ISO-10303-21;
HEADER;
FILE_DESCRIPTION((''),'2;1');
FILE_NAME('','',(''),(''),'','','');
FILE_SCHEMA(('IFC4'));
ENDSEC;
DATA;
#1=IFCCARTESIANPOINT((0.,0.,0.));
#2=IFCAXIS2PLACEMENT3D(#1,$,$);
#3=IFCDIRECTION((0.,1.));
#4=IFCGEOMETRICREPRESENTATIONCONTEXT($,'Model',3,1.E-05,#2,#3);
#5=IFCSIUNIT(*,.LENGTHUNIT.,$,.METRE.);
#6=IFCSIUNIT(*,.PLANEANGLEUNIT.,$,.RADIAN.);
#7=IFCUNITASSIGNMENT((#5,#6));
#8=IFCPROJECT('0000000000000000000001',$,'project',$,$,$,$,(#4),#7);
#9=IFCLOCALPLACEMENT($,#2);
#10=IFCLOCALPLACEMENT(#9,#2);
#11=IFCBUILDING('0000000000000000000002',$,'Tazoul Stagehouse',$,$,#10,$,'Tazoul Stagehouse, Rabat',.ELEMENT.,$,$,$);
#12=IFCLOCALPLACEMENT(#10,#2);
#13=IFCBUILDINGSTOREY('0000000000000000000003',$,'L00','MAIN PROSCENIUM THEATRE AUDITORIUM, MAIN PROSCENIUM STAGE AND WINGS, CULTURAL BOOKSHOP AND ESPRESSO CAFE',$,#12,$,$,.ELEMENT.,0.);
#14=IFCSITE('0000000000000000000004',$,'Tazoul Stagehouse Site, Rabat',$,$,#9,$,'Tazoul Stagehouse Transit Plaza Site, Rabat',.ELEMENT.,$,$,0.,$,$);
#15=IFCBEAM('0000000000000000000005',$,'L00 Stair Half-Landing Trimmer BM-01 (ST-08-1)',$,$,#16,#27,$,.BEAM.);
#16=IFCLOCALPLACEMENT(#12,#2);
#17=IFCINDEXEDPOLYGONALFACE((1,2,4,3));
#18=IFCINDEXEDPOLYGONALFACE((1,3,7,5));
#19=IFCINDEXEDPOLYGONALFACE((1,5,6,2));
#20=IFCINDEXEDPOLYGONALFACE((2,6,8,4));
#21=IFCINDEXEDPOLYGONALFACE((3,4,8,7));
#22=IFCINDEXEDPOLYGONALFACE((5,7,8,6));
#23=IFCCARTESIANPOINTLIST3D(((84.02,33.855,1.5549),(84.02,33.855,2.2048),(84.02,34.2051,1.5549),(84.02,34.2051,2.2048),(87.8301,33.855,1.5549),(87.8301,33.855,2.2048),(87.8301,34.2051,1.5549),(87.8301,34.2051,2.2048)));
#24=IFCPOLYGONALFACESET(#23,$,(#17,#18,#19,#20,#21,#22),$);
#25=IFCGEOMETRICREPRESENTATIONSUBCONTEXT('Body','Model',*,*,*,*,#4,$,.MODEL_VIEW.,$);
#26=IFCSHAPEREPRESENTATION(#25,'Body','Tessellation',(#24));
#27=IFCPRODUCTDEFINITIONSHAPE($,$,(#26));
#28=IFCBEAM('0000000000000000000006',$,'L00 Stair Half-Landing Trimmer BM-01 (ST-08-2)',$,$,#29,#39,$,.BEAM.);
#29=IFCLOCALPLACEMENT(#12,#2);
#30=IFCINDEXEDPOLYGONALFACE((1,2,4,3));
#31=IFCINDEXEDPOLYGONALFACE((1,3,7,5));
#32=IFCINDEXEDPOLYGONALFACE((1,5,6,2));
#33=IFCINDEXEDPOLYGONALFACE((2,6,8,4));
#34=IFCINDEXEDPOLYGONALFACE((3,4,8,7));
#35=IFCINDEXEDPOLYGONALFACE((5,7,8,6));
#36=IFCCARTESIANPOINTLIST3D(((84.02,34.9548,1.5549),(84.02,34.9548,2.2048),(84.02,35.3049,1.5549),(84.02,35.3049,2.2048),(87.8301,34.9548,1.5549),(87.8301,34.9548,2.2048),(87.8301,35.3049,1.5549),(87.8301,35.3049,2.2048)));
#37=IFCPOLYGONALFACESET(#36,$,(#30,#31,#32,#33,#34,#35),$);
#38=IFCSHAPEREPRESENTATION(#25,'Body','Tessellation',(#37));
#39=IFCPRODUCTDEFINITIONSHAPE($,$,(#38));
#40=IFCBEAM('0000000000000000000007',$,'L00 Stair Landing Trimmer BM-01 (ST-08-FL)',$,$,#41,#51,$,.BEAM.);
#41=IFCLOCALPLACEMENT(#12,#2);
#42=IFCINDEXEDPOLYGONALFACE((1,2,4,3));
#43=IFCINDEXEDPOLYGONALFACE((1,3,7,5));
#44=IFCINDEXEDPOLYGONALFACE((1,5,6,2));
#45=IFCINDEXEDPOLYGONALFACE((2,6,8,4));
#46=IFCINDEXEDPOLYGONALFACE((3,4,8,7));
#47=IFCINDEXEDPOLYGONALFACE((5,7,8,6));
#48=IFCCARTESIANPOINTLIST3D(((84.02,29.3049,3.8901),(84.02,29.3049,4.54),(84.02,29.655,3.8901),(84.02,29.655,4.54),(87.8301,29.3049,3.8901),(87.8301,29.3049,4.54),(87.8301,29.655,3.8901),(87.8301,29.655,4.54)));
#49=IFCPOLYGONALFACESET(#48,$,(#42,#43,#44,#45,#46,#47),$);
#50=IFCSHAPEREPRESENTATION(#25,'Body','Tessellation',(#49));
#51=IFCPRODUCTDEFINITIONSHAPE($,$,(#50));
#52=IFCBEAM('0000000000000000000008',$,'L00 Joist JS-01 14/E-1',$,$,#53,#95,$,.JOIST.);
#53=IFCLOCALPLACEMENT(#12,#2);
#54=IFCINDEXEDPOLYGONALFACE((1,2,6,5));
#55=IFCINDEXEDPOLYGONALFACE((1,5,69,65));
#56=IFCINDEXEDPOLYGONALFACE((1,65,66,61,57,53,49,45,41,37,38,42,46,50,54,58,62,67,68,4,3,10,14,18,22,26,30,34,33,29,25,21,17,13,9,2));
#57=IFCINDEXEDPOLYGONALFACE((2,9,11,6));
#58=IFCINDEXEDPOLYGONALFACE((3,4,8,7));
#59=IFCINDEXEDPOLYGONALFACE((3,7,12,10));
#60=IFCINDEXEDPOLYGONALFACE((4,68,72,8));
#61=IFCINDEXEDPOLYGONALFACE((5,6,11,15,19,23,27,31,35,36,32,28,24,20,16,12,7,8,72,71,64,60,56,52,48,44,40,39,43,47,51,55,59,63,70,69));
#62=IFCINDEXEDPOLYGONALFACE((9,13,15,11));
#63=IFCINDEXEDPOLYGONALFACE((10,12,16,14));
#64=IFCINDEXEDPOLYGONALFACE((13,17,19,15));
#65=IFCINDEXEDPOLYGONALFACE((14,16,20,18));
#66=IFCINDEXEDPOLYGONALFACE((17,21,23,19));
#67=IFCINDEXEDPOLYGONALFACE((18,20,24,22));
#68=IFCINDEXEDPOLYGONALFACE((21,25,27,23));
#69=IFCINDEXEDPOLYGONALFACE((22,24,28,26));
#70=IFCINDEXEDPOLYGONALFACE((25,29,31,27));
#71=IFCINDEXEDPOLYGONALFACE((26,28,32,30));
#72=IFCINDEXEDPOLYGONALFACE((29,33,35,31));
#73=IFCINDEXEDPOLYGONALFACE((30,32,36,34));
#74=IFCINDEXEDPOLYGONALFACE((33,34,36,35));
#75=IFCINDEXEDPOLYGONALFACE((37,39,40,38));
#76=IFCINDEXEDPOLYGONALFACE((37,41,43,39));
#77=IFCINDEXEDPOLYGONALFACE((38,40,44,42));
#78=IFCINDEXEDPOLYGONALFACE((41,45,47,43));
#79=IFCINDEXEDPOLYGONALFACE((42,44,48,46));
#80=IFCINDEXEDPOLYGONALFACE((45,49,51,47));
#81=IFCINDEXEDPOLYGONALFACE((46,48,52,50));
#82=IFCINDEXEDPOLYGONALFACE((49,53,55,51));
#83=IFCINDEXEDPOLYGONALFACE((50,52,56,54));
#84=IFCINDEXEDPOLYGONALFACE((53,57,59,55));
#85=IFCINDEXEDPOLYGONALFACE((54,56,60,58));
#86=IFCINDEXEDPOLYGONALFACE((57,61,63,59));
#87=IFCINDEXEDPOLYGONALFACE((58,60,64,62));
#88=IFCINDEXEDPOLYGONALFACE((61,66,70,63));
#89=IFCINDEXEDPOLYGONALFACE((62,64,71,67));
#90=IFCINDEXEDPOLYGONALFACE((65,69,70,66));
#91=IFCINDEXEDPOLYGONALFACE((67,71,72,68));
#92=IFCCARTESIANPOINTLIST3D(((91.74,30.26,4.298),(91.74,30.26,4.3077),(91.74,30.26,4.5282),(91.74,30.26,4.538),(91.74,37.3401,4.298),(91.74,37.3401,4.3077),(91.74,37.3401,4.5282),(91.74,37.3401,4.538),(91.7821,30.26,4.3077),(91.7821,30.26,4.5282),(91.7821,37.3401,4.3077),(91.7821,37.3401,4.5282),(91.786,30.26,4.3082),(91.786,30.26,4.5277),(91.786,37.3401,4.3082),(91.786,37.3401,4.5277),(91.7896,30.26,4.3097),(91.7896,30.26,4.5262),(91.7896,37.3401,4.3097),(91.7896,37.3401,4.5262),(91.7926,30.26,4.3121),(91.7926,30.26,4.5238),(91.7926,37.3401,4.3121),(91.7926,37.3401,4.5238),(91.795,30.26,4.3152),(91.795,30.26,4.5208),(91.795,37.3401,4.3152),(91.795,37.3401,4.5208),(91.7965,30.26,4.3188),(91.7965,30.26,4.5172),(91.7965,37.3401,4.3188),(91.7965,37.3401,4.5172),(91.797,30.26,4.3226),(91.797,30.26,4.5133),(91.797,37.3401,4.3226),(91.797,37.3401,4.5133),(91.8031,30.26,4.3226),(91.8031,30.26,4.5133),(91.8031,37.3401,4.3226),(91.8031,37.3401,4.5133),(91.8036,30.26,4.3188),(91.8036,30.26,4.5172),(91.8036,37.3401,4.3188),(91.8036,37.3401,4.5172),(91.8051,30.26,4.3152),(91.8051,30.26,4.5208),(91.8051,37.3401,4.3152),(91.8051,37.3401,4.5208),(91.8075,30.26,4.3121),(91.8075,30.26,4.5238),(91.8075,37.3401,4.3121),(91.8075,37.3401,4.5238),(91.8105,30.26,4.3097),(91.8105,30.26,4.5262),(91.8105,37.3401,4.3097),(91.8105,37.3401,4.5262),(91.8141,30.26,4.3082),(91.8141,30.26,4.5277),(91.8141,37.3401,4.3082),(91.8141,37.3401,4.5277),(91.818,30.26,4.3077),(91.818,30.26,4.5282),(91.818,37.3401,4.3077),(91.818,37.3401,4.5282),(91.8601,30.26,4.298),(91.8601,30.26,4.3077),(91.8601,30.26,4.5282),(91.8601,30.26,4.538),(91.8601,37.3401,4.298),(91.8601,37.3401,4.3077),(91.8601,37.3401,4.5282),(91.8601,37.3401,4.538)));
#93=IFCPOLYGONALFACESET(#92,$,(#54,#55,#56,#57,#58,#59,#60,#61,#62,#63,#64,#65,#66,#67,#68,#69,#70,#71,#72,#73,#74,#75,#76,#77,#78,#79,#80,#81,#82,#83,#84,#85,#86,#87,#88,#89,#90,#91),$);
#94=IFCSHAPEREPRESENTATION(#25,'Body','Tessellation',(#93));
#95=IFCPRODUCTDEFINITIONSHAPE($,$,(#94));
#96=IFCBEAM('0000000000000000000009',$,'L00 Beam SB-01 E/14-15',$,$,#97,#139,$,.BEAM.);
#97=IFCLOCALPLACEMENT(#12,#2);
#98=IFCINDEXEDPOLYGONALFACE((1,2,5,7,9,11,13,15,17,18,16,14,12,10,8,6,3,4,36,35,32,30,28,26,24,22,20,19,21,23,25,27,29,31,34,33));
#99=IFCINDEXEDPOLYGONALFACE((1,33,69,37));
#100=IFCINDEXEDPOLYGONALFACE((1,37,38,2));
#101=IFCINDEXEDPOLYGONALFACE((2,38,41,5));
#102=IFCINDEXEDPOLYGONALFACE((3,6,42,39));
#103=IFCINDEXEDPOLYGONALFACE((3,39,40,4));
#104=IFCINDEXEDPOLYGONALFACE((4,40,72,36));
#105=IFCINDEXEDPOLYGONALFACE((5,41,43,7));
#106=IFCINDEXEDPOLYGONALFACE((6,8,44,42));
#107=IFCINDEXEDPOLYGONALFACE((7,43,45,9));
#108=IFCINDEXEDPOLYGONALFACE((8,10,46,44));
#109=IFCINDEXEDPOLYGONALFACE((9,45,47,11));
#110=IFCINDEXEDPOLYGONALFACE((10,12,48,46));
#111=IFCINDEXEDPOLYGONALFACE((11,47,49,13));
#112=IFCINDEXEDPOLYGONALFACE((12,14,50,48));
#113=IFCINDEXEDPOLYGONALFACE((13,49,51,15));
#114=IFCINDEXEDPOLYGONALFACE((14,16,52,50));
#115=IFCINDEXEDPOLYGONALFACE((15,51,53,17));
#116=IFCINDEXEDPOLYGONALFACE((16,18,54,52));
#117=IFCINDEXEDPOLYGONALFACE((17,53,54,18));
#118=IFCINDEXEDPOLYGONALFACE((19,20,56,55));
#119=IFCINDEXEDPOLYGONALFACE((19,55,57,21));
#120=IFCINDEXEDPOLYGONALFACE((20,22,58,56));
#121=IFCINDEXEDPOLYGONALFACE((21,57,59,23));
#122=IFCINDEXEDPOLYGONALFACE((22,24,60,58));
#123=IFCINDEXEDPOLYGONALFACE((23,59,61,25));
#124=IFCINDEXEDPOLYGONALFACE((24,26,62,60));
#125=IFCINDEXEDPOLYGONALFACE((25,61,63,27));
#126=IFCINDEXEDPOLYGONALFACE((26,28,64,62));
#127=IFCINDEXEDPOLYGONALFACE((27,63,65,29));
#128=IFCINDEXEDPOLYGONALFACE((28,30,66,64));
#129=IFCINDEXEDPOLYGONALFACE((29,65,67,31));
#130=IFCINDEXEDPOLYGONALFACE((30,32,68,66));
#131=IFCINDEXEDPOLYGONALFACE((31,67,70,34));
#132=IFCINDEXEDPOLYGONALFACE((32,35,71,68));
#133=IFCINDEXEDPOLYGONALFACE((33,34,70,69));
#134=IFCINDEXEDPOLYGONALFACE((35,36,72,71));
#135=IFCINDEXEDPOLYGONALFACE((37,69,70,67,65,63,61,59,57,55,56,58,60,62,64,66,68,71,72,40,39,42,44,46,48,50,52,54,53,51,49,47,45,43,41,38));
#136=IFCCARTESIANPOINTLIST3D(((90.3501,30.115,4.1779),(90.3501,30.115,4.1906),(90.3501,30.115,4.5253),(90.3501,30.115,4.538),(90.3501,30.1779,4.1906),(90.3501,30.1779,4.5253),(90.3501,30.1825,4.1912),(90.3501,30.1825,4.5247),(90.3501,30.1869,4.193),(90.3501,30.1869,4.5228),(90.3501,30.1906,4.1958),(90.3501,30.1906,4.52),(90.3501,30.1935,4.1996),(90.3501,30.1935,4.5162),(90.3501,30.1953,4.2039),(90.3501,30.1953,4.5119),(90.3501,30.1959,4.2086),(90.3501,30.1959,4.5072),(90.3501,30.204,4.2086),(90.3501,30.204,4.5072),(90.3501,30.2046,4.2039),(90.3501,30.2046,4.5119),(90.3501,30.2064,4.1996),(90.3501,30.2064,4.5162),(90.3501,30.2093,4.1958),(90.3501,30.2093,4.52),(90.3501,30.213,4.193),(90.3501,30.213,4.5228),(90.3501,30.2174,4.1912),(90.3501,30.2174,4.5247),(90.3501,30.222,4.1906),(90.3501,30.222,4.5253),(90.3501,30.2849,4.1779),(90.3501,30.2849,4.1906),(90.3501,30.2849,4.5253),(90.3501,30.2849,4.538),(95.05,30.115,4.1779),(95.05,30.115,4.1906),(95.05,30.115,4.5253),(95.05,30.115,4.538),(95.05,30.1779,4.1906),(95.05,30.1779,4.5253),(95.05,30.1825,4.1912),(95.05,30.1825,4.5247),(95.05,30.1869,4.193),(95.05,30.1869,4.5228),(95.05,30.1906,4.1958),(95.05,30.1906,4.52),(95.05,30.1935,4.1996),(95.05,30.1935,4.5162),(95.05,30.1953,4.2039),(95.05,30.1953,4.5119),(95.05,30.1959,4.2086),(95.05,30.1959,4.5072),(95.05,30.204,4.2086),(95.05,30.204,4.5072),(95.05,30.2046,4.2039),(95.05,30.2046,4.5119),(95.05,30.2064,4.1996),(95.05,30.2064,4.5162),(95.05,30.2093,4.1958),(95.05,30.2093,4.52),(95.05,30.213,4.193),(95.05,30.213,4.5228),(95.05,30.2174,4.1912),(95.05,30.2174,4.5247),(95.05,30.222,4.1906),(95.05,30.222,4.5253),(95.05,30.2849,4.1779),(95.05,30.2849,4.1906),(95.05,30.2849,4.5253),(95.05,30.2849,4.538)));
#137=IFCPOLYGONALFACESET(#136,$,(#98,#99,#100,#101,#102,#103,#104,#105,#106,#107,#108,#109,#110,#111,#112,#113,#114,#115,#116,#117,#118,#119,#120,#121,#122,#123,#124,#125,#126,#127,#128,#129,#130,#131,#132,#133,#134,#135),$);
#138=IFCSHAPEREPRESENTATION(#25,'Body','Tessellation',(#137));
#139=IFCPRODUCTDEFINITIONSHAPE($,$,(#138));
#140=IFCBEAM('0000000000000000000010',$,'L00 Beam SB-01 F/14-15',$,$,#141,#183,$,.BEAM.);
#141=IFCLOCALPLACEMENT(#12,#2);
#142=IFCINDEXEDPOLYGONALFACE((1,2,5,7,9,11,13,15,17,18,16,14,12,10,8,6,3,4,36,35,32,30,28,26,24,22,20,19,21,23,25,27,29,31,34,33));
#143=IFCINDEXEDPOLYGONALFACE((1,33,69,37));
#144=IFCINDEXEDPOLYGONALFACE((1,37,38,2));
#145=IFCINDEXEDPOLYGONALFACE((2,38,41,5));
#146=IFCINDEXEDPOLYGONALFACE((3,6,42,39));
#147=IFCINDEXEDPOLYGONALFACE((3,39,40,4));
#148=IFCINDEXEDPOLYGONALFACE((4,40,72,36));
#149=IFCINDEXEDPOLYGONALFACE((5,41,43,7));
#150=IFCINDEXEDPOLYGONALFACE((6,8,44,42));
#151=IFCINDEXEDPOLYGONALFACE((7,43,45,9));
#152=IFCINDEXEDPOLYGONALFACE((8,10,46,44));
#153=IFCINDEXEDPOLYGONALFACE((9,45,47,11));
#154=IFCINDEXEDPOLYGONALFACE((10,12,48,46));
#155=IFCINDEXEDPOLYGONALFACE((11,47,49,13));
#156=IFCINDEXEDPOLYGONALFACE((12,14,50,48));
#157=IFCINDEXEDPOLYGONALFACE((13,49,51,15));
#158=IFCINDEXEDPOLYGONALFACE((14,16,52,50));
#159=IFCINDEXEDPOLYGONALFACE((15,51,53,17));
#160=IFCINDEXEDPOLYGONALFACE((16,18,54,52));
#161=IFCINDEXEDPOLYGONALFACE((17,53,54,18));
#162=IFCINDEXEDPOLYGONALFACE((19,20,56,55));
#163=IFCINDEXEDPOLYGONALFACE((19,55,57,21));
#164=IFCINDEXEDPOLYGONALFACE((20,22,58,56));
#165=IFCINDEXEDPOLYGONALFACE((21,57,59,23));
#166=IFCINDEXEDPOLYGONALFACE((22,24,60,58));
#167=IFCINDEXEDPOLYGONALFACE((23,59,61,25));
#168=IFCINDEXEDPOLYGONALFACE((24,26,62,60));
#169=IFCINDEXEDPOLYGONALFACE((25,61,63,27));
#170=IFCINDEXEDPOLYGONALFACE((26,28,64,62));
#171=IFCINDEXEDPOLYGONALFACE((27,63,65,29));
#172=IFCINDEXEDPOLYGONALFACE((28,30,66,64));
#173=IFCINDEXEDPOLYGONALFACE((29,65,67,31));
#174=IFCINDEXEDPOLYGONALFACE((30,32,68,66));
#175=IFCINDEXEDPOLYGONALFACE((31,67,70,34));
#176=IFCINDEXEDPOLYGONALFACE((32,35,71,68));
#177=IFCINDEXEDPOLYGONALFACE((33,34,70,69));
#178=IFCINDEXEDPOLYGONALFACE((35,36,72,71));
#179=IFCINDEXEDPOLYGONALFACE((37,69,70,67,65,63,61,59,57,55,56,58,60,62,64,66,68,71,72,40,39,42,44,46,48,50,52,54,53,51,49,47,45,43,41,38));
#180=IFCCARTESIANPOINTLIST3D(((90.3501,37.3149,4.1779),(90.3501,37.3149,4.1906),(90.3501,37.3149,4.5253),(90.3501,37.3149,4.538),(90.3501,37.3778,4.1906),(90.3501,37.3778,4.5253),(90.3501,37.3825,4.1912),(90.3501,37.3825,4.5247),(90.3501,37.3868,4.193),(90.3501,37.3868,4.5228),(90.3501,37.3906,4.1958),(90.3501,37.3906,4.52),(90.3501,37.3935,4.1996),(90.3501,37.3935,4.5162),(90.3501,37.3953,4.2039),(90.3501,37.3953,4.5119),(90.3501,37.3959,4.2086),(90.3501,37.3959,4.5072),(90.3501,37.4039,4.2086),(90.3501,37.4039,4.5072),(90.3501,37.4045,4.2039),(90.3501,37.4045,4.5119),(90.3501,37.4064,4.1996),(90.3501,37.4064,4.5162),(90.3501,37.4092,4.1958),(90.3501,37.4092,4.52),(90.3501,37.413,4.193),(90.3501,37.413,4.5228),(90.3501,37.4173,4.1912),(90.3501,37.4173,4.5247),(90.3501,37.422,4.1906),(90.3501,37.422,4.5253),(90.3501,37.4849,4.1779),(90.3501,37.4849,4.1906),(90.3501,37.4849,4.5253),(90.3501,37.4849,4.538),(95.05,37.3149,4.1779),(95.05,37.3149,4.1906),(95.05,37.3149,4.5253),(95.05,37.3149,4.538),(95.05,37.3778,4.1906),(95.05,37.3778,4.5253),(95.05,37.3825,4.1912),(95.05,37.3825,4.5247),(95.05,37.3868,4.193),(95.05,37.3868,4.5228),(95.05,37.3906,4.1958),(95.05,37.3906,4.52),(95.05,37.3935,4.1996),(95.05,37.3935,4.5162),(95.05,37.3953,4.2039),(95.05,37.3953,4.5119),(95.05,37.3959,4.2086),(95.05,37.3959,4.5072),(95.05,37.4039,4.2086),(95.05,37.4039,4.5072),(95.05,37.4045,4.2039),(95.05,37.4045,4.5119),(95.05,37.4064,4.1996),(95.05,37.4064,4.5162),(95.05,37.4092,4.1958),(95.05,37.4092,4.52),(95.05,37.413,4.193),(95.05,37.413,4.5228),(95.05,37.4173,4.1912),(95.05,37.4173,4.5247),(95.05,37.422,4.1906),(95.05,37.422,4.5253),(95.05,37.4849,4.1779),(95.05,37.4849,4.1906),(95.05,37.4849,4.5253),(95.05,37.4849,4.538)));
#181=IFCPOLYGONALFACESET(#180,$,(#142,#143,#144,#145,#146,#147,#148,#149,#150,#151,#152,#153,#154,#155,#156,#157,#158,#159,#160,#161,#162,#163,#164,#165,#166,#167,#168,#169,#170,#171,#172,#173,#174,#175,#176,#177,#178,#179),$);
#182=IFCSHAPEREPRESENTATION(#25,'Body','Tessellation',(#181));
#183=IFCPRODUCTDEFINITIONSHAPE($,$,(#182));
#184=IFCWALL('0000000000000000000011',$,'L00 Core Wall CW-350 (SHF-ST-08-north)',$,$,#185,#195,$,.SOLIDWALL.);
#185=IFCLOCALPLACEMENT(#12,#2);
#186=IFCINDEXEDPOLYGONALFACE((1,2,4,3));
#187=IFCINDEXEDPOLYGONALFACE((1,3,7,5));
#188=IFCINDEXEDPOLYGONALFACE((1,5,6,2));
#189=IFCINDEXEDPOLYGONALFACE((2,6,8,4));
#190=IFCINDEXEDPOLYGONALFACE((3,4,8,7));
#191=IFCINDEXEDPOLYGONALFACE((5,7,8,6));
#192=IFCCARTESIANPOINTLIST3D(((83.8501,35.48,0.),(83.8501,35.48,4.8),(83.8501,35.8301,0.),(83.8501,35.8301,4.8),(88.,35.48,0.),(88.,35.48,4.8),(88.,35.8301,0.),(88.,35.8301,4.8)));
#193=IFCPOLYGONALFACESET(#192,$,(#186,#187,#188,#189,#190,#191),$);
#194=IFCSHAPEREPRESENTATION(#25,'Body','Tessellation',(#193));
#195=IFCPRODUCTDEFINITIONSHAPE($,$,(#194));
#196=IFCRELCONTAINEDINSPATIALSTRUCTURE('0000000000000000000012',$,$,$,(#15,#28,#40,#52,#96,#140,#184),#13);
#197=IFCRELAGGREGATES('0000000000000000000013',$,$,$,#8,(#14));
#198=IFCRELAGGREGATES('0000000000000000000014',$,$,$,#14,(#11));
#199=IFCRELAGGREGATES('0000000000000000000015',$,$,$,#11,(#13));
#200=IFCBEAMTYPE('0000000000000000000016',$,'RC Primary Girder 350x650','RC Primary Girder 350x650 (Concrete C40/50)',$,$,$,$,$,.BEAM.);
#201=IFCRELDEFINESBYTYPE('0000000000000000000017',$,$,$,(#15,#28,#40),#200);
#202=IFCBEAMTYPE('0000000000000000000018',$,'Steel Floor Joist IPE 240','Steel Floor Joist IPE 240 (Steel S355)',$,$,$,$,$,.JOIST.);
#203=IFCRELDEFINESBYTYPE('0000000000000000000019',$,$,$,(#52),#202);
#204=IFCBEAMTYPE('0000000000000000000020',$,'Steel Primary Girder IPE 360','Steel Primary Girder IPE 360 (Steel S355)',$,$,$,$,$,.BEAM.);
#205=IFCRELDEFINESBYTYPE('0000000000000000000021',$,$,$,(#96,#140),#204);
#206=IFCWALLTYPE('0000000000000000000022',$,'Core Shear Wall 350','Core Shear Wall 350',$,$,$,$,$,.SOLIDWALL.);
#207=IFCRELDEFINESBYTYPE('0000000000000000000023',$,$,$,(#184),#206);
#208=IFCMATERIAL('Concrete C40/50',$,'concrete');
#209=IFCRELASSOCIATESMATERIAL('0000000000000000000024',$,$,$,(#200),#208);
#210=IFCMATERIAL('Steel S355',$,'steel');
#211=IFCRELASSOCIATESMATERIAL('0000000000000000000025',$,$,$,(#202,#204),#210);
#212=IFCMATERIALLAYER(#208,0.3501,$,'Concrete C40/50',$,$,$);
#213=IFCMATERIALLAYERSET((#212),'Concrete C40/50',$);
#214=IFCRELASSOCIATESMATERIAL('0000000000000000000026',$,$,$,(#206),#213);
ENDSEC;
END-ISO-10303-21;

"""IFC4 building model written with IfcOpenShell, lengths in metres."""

from ifc_helpers import new_model, si_unit, direction, frame, frame_2d, origin, origin_2d, place, context, subcontext, project, spatial, rectangle, i_section, extrude, material, layer, layer_set, material_profile, profile_set, type_object, element, save


model = new_model("IFC4")

# Units and contexts
model_context = context("Model", 3, precision=1e-05, world=origin(), true_north=direction((0.0, 1.0)))
body_context = subcontext(model_context, "Body", "Model", "MODEL_VIEW")
ifc_project = project(units=[si_unit("LENGTHUNIT", "METRE"), si_unit("PLANEANGLEUNIT", "RADIAN")], contexts=[model_context])

# Site, building, storey
site_placement = place(None, origin())
site = spatial("IfcSite", under=ifc_project, at=site_placement, Name="Tazoul Stagehouse Site, Rabat", LongName="Tazoul Stagehouse Transit Plaza Site, Rabat", CompositionType="ELEMENT", RefElevation=0.0)
building_placement = place(site_placement, origin())
building = spatial("IfcBuilding", under=site, at=building_placement, Name="Tazoul Stagehouse", LongName="Tazoul Stagehouse, Rabat", CompositionType="ELEMENT")
storey_placement = place(building_placement, origin())
storey = spatial("IfcBuildingStorey", under=building, at=storey_placement, Name="L00", Description="MAIN PROSCENIUM THEATRE AUDITORIUM, MAIN PROSCENIUM STAGE AND WINGS, CULTURAL BOOKSHOP AND ESPRESSO CAFE", CompositionType="ELEMENT", Elevation=0.0)

# Shared definitions
ifc_material_1 = material(Name="Concrete C40/50", Category="concrete")

# Beams
ifc_material_profile_1 = material_profile(ifc_material_1, rectangle(XDim=0.3501, YDim=0.6499, at=origin_2d()), Name="RC 350x650")
ifc_profile_set_1 = profile_set([ifc_material_profile_1], Name="Concrete C40/50")
beam_type_1 = type_object("IfcBeamType", Name="RC Primary Girder 350x650", Description="RC Primary Girder 350x650 (Concrete C40/50)", PredefinedType="BEAM", material=ifc_profile_set_1)
for number, where, z_axis, x_axis, name in (
    (1, (84.02, 34.03, 1.8799), (1.0, 0.0, 0.0), (0.0, 1.0, 0.0), "L00 Stair Half-Landing Trimmer BM-01 (ST-08-1)"),
    (2, (84.02, 35.1299, 1.8799), (1.0, 0.0, 0.0), (0.0, 1.0, 0.0), "L00 Stair Half-Landing Trimmer BM-01 (ST-08-2)"),
    (3, (84.02, 29.48, 4.2151), (1.0, 0.0, 0.0), (0.0, 1.0, 0.0), "L00 Stair Landing Trimmer BM-01 (ST-08-FL)"),
):
    element("IfcBeam", number, at=place(storey_placement, frame(where, z_axis=z_axis, x_axis=x_axis)), inside=storey, type_object=beam_type_1, Name=name, PredefinedType="BEAM", context=body_context, shape_type="SweptSolid", body=[
        extrude(rectangle(XDim=0.3501, YDim=0.6499, at=origin_2d()), origin(), (0.0, 0.0, 1.0), 3.8101),
    ])
ifc_material_2 = material(Name="Steel S355", Category="steel")
ifc_material_profile_2 = material_profile(ifc_material_2, i_section(OverallWidth=0.1201, OverallDepth=0.24, WebThickness=0.0061, FlangeThickness=0.0098, FilletRadius=0.0149, at=origin_2d()), Name="IPE 240")
ifc_profile_set_2 = profile_set([ifc_material_profile_2], Name="Steel S355")
beam_type_2 = type_object("IfcBeamType", Name="Steel Floor Joist IPE 240", Description="Steel Floor Joist IPE 240 (Steel S355)", PredefinedType="JOIST", material=ifc_profile_set_2)
beam_1_placement = place(storey_placement, frame((91.8, 30.26, 4.418), z_axis=(0.0, 1.0, 0.0), x_axis=(-1.0, 0.0, 0.0)))
element("IfcBeam", 4, at=beam_1_placement, inside=storey, type_object=beam_type_2, Name="L00 Joist JS-01 14/E-1", PredefinedType="JOIST", context=body_context, shape_type="SweptSolid", body=[
    extrude(i_section(OverallWidth=0.1201, OverallDepth=0.24, WebThickness=0.0061, FlangeThickness=0.0098, FilletRadius=0.0149, at=origin_2d()), origin(), (0.0, 0.0, 1.0), 7.0801),
])
ifc_material_profile_3 = material_profile(ifc_material_2, i_section(OverallWidth=0.1699, OverallDepth=0.3601, WebThickness=0.0081, FlangeThickness=0.0127, FilletRadius=0.0181, at=origin_2d()), Name="IPE 360")
ifc_profile_set_3 = profile_set([ifc_material_profile_3], Name="Steel S355")
beam_type_3 = type_object("IfcBeamType", Name="Steel Primary Girder IPE 360", Description="Steel Primary Girder IPE 360 (Steel S355)", PredefinedType="BEAM", material=ifc_profile_set_3)
for number, where, z_axis, x_axis, name in (
    (5, (90.3501, 30.2, 4.3579), (1.0, 0.0, 0.0), (0.0, 1.0, 0.0), "L00 Beam SB-01 E/14-15"),
    (6, (90.3501, 37.3999, 4.3579), (1.0, 0.0, 0.0), (0.0, 1.0, 0.0), "L00 Beam SB-01 F/14-15"),
):
    element("IfcBeam", number, at=place(storey_placement, frame(where, z_axis=z_axis, x_axis=x_axis)), inside=storey, type_object=beam_type_3, Name=name, PredefinedType="BEAM", context=body_context, shape_type="SweptSolid", body=[
        extrude(i_section(OverallWidth=0.1699, OverallDepth=0.3601, WebThickness=0.0081, FlangeThickness=0.0127, FilletRadius=0.0181, at=origin_2d()), origin(), (0.0, 0.0, 1.0), 4.7),
    ])

# Wall
ifc_layer_1 = layer(ifc_material_1, 0.3501, Name="Concrete C40/50")
ifc_layer_set_1 = layer_set([ifc_layer_1], Name="Concrete C40/50")
wall_type_1 = type_object("IfcWallType", Name="Core Shear Wall 350", Description="Core Shear Wall 350", PredefinedType="SOLIDWALL", material=ifc_layer_set_1)
wall_1_placement = place(storey_placement, frame((83.8501, 35.655, 0.0), z_axis=(0.0, 0.0, 1.0), x_axis=(1.0, 0.0, 0.0)))
element("IfcWall", 7, at=wall_1_placement, inside=storey, type_object=wall_type_1, Name="L00 Core Wall CW-350 (SHF-ST-08-north)", PredefinedType="SOLIDWALL", context=body_context, shape_type="SweptSolid", body=[
    extrude(rectangle(XDim=4.1499, YDim=0.3501, at=frame_2d((2.075, 0.0))), origin(), (0.0, 0.0, 1.0), 4.8),
])

save(model, "model.ifc")
